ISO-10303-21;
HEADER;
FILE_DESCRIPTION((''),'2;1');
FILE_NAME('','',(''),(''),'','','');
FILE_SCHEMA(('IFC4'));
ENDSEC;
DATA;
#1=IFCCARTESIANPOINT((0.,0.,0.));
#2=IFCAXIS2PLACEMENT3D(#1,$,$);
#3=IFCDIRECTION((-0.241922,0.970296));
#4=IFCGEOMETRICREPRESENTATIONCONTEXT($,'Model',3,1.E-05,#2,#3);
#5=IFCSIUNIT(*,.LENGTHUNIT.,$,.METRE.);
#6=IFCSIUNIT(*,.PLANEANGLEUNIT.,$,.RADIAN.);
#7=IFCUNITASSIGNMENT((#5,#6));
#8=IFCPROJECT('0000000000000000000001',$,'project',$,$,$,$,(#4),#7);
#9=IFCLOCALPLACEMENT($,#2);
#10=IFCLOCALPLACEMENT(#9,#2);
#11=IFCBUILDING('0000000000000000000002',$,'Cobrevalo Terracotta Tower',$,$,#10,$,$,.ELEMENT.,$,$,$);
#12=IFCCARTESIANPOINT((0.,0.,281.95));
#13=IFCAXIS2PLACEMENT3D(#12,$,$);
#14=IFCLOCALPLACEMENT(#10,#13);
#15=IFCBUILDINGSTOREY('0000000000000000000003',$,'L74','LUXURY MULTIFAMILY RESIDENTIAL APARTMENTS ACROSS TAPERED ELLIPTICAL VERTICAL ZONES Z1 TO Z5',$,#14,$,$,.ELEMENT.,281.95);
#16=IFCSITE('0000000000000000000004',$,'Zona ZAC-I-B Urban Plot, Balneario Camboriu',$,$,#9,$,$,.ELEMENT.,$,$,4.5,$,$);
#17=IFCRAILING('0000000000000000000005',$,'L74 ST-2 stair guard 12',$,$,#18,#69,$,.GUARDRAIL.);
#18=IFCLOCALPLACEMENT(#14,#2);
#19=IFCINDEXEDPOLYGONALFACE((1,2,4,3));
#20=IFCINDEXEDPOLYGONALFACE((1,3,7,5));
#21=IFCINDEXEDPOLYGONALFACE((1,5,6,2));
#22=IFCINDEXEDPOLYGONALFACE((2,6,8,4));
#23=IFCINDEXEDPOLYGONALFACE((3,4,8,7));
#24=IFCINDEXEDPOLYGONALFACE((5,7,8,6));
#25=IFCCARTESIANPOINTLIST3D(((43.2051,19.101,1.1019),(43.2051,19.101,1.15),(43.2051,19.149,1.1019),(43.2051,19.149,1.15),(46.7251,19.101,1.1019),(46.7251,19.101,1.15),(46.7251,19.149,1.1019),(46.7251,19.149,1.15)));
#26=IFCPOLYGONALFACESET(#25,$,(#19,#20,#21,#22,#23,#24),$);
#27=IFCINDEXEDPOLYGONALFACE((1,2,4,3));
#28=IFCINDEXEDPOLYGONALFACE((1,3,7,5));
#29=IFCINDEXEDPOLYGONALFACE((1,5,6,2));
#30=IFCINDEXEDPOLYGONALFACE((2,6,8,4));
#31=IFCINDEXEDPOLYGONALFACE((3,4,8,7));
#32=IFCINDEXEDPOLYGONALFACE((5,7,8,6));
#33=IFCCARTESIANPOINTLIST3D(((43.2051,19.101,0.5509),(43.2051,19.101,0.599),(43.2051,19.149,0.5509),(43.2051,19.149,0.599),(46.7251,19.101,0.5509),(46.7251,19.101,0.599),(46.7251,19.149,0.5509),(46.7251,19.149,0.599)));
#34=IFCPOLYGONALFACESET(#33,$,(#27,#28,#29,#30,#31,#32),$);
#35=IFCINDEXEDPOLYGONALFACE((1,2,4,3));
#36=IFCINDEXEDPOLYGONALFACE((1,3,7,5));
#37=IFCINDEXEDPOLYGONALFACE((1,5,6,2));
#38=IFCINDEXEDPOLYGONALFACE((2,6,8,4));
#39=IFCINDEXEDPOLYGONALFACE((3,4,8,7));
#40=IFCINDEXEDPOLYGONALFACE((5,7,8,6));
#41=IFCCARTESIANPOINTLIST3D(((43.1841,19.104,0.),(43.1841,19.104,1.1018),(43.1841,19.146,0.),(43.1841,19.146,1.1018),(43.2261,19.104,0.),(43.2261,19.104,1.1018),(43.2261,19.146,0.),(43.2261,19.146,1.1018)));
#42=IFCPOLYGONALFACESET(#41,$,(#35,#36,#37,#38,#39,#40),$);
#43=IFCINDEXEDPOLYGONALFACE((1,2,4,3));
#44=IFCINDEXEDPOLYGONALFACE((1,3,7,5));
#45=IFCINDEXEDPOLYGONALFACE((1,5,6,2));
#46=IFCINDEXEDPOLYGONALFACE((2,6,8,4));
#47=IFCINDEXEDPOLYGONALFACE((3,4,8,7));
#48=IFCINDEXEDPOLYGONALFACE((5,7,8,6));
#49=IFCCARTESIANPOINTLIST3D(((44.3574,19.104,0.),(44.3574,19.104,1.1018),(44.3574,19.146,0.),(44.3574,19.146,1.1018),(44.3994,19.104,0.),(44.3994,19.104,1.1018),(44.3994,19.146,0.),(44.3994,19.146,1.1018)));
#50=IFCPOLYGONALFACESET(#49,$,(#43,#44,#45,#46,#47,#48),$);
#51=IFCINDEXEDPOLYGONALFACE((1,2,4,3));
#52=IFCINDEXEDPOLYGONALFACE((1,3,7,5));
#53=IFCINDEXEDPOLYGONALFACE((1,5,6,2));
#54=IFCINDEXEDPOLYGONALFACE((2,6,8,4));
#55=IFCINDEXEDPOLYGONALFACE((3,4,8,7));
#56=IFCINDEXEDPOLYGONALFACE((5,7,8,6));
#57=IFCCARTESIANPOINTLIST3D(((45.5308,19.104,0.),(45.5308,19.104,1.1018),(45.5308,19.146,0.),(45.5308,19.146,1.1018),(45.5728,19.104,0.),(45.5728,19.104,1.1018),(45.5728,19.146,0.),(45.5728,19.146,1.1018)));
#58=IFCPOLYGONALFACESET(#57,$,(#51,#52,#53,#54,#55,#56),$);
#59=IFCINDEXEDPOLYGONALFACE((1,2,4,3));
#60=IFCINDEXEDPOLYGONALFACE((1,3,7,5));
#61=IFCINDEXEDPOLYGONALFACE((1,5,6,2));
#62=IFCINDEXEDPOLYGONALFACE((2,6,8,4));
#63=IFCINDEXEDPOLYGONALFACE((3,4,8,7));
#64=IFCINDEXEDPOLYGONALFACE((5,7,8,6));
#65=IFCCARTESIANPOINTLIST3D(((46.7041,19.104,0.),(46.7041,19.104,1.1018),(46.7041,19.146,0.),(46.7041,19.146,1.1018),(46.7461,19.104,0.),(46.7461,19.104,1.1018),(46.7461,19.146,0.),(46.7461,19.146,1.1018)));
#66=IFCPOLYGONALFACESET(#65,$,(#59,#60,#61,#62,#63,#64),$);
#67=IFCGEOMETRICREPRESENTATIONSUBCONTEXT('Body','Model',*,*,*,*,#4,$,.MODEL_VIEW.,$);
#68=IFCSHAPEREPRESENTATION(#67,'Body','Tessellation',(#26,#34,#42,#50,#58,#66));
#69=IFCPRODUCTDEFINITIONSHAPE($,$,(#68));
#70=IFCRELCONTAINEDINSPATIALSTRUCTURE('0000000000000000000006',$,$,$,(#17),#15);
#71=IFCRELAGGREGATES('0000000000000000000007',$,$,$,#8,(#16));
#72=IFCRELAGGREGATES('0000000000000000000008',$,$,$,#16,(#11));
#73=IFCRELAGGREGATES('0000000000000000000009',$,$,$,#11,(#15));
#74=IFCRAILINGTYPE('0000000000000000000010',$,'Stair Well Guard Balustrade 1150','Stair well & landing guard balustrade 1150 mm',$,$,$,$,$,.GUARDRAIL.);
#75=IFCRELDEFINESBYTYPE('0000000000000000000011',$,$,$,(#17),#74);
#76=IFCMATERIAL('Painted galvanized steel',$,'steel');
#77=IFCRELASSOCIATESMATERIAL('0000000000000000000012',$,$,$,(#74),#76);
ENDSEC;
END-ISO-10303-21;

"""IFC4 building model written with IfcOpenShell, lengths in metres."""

from ifc_helpers import new_model, si_unit, direction, frame, origin, origin_2d, place, context, subcontext, project, spatial, rectangle, extrude, material, type_object, element, save


model = new_model("IFC4")

# Units and contexts
model_context = context("Model", 3, precision=1e-05, world=origin(), true_north=direction((-0.241922, 0.970296)))
body_context = subcontext(model_context, "Body", "Model", "MODEL_VIEW")
ifc_project = project(units=[si_unit("LENGTHUNIT", "METRE"), si_unit("PLANEANGLEUNIT", "RADIAN")], contexts=[model_context])

# Site, building, storey
site_placement = place(None, origin())
site = spatial("IfcSite", under=ifc_project, at=site_placement, Name="Zona ZAC-I-B Urban Plot, Balneario Camboriu", CompositionType="ELEMENT", RefElevation=4.5)
building_placement = place(site_placement, origin())
building = spatial("IfcBuilding", under=site, at=building_placement, Name="Cobrevalo Terracotta Tower", CompositionType="ELEMENT")
storey_placement = place(building_placement, frame((0.0, 0.0, 281.95)))
storey = spatial("IfcBuildingStorey", under=building, at=storey_placement, Name="L74", Description="LUXURY MULTIFAMILY RESIDENTIAL APARTMENTS ACROSS TAPERED ELLIPTICAL VERTICAL ZONES Z1 TO Z5", CompositionType="ELEMENT", Elevation=281.95)

# Railing
ifc_material_1 = material(Name="Painted galvanized steel", Category="steel")
railing_type = type_object("IfcRailingType", Name="Stair Well Guard Balustrade 1150", Description="Stair well & landing guard balustrade 1150 mm", PredefinedType="GUARDRAIL", material=ifc_material_1)
railing_placement = place(storey_placement, frame((43.2051, 19.125, 0.0)))
element("IfcRailing", 1, at=railing_placement, inside=storey, type_object=railing_type, Name="L74 ST-2 stair guard 12", PredefinedType="GUARDRAIL", context=body_context, shape_type="SweptSolid", body=[
    extrude(rectangle(XDim=0.0481, YDim=0.0481, at=origin_2d()), frame((0.0, 0.0, 1.126), z_axis=(1.0, 0.0, 0.0), x_axis=(0.0, 1.0, 0.0)), (0.0, 0.0, 1.0), 3.52),
    extrude(rectangle(XDim=0.0481, YDim=0.0481, at=origin_2d()), frame((0.0, 0.0, 0.575), z_axis=(1.0, 0.0, 0.0), x_axis=(0.0, 1.0, 0.0)), (0.0, 0.0, 1.0), 3.52),
    extrude(rectangle(XDim=0.042, YDim=0.042, at=origin_2d()), origin(), (0.0, 0.0, 1.0), 1.1018),
    extrude(rectangle(XDim=0.042, YDim=0.042, at=origin_2d()), frame((1.1733, 0.0, 0.0)), (0.0, 0.0, 1.0), 1.1018),
    extrude(rectangle(XDim=0.042, YDim=0.042, at=origin_2d()), frame((2.3467, 0.0, 0.0)), (0.0, 0.0, 1.0), 1.1018),
    extrude(rectangle(XDim=0.042, YDim=0.042, at=origin_2d()), frame((3.52, 0.0, 0.0)), (0.0, 0.0, 1.0), 1.1018),
])

save(model, "model.ifc")
